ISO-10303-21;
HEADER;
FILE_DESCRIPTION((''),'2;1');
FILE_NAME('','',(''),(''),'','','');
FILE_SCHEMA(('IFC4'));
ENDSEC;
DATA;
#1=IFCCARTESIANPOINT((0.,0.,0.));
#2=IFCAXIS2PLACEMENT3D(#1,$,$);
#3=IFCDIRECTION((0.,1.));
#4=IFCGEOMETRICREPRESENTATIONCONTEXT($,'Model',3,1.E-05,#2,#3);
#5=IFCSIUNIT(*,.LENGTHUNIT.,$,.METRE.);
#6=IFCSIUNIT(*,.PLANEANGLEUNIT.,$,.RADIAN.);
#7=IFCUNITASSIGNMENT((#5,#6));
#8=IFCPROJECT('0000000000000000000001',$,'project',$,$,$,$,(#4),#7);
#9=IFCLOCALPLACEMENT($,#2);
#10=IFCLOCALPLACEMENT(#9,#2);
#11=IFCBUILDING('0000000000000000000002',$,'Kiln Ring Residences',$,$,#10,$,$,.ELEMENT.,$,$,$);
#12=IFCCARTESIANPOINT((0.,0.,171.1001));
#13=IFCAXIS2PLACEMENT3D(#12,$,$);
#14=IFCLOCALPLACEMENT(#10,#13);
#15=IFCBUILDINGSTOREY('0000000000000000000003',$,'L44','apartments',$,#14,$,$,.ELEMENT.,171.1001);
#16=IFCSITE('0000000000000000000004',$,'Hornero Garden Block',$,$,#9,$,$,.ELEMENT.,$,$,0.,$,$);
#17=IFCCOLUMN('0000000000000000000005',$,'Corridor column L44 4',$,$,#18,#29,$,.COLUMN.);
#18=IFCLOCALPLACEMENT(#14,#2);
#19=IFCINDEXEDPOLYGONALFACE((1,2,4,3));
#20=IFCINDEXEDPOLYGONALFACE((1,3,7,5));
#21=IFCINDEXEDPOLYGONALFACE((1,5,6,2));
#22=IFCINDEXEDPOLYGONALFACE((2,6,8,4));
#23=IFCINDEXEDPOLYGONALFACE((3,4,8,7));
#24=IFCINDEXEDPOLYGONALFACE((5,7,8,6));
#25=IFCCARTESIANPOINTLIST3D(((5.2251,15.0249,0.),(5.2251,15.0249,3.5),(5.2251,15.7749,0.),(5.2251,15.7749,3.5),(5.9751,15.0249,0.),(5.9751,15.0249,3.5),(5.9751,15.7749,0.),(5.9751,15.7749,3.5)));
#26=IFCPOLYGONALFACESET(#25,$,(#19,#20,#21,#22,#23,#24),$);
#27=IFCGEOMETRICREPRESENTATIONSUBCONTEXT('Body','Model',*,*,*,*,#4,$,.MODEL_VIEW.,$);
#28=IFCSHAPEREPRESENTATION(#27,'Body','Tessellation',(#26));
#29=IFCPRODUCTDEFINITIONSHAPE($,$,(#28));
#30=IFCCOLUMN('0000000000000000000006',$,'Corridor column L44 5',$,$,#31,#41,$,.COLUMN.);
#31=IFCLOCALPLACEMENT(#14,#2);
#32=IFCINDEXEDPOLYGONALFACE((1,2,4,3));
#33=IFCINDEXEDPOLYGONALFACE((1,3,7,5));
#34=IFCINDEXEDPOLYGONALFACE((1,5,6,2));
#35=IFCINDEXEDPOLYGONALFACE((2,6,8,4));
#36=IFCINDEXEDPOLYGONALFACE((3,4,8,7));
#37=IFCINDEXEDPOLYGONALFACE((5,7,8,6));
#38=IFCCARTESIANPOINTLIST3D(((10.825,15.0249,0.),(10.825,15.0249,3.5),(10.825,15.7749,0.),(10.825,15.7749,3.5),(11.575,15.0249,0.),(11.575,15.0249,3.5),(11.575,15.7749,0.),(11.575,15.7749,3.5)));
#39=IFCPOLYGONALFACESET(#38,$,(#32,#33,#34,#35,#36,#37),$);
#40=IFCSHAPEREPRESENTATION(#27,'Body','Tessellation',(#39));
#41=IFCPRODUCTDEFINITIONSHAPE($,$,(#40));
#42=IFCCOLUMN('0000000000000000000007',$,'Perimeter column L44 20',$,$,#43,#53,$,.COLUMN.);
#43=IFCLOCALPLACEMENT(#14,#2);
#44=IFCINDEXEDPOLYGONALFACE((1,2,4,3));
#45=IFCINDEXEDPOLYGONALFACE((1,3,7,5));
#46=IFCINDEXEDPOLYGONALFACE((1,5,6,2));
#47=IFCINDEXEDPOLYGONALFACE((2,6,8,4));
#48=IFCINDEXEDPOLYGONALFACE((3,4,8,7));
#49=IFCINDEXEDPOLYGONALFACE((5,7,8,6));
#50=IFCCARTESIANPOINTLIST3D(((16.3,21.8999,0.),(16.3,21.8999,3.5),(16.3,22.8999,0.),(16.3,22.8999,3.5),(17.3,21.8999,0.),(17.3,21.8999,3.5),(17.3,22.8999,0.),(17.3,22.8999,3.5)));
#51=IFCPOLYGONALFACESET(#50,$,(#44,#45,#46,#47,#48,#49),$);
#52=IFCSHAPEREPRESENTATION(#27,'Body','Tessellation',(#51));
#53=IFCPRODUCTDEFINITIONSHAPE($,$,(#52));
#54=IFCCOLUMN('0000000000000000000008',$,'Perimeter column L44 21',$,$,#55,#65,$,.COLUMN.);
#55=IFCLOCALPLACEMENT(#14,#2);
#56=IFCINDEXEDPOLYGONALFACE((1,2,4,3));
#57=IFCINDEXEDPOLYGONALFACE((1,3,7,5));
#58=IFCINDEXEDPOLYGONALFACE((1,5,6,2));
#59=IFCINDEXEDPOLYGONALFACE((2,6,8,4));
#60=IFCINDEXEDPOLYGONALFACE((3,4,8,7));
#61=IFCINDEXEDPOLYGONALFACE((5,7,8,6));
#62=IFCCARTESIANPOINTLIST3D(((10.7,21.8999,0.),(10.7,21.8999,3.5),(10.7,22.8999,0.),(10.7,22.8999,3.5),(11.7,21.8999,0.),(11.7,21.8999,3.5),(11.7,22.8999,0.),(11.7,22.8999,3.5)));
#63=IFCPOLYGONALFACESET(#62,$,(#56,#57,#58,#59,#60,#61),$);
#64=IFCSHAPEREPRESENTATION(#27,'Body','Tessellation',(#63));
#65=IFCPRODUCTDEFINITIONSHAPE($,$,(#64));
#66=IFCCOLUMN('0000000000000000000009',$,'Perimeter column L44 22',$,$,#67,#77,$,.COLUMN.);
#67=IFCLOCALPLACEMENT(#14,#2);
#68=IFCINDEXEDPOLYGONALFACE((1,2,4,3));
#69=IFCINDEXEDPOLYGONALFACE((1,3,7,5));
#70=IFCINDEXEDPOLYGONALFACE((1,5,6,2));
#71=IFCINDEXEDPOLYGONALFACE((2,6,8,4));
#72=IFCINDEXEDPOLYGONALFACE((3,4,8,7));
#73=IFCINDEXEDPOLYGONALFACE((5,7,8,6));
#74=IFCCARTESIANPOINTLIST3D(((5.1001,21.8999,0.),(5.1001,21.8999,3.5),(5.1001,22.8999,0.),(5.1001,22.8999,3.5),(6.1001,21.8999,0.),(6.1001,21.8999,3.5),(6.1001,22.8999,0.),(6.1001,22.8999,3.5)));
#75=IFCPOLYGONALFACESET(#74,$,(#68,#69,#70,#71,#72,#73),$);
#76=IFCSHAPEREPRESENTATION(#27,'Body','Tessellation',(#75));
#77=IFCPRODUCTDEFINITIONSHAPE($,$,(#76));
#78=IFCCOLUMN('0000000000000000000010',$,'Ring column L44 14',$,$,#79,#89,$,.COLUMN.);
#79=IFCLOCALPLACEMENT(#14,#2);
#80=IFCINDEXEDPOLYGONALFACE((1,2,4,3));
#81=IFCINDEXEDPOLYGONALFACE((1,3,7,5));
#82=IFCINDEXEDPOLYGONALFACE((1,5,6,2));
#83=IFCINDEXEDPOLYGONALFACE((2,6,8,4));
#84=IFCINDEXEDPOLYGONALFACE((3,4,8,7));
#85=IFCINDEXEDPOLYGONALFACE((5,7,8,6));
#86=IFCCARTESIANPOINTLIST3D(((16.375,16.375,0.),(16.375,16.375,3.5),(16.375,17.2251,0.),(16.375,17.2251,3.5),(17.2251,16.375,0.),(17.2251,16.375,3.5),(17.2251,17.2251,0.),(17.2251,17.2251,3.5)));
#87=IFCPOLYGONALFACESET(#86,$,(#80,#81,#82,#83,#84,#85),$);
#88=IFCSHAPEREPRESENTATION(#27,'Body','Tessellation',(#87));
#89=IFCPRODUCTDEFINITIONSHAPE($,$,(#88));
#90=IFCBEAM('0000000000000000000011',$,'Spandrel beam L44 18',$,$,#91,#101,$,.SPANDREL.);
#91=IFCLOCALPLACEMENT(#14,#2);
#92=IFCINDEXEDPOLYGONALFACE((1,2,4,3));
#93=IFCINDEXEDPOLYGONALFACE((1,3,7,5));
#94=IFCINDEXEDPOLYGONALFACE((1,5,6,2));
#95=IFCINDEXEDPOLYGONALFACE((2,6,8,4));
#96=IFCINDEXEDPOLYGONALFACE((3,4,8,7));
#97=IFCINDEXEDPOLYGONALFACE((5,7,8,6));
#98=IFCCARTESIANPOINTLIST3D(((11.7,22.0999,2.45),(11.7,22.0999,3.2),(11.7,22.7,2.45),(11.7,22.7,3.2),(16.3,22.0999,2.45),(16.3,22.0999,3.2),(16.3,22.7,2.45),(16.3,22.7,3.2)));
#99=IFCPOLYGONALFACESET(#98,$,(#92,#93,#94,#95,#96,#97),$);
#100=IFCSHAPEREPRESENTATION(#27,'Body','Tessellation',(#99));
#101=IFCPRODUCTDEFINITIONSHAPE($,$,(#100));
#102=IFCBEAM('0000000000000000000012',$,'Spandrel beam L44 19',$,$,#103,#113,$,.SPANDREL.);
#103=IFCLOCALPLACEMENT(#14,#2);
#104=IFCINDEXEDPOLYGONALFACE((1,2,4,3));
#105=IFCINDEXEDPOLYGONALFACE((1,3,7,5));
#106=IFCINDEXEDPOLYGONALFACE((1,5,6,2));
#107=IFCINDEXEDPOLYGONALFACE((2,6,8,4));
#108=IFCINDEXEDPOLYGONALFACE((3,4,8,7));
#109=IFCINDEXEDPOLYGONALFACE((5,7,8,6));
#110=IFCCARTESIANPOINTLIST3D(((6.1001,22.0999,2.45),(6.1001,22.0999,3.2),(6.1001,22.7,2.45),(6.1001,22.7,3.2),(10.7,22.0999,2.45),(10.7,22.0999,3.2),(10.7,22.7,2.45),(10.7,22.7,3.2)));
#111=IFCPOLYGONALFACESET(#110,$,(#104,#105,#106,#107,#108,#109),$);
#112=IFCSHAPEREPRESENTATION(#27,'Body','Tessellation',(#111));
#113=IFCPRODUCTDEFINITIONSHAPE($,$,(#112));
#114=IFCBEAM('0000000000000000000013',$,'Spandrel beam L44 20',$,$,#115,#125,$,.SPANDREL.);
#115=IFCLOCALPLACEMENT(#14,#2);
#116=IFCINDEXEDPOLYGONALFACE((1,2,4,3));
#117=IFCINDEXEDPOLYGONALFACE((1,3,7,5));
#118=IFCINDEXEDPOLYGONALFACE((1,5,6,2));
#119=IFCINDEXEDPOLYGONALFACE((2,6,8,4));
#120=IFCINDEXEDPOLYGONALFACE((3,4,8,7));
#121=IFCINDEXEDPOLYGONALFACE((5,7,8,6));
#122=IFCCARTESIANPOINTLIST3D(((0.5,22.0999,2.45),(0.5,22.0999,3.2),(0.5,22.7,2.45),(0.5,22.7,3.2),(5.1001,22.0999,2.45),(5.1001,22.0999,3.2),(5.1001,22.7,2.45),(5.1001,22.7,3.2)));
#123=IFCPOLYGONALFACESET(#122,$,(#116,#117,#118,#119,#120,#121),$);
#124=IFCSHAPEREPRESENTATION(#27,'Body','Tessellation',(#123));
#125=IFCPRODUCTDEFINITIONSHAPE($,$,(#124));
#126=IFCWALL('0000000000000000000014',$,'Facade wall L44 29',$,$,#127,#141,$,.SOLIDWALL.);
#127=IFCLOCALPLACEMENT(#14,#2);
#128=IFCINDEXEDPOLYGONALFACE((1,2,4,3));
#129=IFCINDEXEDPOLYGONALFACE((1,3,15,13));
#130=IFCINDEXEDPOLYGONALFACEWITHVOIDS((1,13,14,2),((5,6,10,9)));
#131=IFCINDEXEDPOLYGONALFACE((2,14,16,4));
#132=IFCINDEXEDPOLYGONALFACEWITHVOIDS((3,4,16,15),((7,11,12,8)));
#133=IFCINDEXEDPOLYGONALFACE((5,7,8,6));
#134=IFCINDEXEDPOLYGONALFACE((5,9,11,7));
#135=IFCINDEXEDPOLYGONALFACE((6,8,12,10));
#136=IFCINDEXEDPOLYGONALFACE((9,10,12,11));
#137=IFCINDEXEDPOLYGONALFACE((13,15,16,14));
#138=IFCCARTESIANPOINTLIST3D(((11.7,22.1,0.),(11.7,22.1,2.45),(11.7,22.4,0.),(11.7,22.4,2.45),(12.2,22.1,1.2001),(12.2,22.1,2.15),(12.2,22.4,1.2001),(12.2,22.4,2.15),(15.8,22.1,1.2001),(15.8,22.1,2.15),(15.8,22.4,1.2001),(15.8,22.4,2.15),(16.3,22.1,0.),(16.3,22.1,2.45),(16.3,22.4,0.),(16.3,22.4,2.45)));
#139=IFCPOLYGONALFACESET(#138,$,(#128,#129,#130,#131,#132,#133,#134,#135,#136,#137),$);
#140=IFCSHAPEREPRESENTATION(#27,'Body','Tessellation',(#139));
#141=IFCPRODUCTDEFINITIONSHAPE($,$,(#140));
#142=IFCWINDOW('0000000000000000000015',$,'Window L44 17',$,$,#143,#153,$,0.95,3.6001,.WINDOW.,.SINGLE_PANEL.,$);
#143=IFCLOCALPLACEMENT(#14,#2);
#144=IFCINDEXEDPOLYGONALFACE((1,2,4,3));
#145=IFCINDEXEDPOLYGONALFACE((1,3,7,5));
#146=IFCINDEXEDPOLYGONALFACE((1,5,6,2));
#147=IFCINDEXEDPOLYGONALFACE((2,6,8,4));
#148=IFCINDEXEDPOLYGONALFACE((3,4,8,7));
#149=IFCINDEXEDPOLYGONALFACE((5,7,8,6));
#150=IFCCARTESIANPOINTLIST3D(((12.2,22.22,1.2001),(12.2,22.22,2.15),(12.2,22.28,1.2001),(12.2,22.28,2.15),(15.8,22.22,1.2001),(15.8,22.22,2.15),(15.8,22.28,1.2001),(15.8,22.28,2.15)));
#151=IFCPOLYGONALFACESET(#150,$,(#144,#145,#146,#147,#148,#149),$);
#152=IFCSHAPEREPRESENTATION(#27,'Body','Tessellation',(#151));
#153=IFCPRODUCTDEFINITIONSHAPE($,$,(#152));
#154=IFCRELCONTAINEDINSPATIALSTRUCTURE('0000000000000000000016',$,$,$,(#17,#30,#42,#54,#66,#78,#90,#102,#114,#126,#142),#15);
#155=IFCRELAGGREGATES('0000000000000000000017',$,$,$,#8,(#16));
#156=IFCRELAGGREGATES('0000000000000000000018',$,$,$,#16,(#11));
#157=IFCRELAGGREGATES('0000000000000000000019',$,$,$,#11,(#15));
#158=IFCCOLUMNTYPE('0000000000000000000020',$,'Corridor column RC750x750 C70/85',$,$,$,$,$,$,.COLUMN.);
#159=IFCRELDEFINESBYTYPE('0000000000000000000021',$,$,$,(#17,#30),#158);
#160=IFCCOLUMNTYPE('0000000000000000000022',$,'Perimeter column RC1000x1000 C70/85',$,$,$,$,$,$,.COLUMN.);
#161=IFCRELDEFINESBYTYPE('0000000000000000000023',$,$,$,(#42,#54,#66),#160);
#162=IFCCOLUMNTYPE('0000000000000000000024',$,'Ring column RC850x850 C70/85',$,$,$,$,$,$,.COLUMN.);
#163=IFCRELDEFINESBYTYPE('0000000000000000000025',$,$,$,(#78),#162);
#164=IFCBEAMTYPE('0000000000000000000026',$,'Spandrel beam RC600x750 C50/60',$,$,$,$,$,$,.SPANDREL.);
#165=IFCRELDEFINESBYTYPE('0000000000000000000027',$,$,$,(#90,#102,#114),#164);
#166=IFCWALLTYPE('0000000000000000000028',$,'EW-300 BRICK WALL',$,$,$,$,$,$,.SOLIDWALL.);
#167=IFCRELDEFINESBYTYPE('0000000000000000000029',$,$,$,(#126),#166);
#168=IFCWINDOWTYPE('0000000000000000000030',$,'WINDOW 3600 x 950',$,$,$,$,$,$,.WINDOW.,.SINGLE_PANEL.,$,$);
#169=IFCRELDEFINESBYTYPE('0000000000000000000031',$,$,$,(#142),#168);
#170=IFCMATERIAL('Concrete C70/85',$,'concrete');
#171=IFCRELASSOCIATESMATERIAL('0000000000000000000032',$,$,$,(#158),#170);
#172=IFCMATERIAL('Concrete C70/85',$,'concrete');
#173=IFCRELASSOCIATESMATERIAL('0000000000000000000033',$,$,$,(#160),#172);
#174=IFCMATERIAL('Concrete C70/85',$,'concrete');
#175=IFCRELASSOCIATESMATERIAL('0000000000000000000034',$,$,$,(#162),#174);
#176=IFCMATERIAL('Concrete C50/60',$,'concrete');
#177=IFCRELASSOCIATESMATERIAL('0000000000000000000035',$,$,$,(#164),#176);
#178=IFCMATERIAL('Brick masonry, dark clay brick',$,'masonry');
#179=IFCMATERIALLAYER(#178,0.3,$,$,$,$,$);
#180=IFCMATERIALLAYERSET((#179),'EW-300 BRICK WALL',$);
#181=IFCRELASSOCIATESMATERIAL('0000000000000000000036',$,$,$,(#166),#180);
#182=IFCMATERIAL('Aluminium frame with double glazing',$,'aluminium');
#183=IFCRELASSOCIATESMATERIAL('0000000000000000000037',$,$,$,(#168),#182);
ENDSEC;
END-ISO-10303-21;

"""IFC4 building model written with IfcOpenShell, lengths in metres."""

from ifc_helpers import new_model, si_unit, direction, frame, frame_2d, origin, origin_2d, place, context, subcontext, project, spatial, rectangle, extrude, material, layer, layer_set, material_profile, profile_set, type_object, element, fill, save


model = new_model("IFC4")

# Units and contexts
model_context = context("Model", 3, precision=1e-05, world=origin(), true_north=direction((0.0, 1.0)))
body_context = subcontext(model_context, "Body", "Model", "MODEL_VIEW")
ifc_project = project(units=[si_unit("LENGTHUNIT", "METRE"), si_unit("PLANEANGLEUNIT", "RADIAN")], contexts=[model_context])

# Site, building, storey
site_placement = place(None, origin())
site = spatial("IfcSite", under=ifc_project, at=site_placement, Name="Hornero Garden Block", CompositionType="ELEMENT", RefElevation=0.0)
building_placement = place(site_placement, origin())
building = spatial("IfcBuilding", under=site, at=building_placement, Name="Kiln Ring Residences", CompositionType="ELEMENT")
storey_placement = place(building_placement, frame((0.0, 0.0, 171.1001)))
storey = spatial("IfcBuildingStorey", under=building, at=storey_placement, Name="L44", Description="apartments", CompositionType="ELEMENT", Elevation=171.1001)

# Columns
ifc_material_1 = material(Name="Concrete C70/85", Category="concrete")
ifc_material_profile_1 = material_profile(ifc_material_1, rectangle(XDim=0.75, YDim=0.75, at=origin_2d()), Name="RC750x750")
ifc_profile_set_1 = profile_set([ifc_material_profile_1], Name="Concrete C70/85")
column_type_1 = type_object("IfcColumnType", Name="Corridor column RC750x750 C70/85", PredefinedType="COLUMN", material=ifc_profile_set_1)
for number, where, z_axis, x_axis, name in (
    (1, (5.6001, 15.3999, 0.0), (0.0, 0.0, 1.0), (1.0, 0.0, 0.0), "Corridor column L44 4"),
    (2, (11.2, 15.3999, 0.0), (0.0, 0.0, 1.0), (1.0, 0.0, 0.0), "Corridor column L44 5"),
):
    element("IfcColumn", number, at=place(storey_placement, frame(where, z_axis=z_axis, x_axis=x_axis)), inside=storey, type_object=column_type_1, Name=name, PredefinedType="COLUMN", context=body_context, shape_type="SweptSolid", body=[
        extrude(rectangle(XDim=0.75, YDim=0.75, at=origin_2d()), origin(), (0.0, 0.0, 1.0), 3.5),
    ])
ifc_material_2 = material(Name="Concrete C70/85", Category="concrete")
ifc_material_profile_2 = material_profile(ifc_material_2, rectangle(XDim=1.0, YDim=1.0, at=origin_2d()), Name="RC1000x1000")
ifc_profile_set_2 = profile_set([ifc_material_profile_2], Name="Concrete C70/85")
column_type_2 = type_object("IfcColumnType", Name="Perimeter column RC1000x1000 C70/85", PredefinedType="COLUMN", material=ifc_profile_set_2)
for number, where, z_axis, x_axis, name in (
    (3, (16.8, 22.3999, 0.0), (0.0, 0.0, 1.0), (1.0, 0.0, 0.0), "Perimeter column L44 20"),
    (4, (11.2, 22.3999, 0.0), (0.0, 0.0, 1.0), (1.0, 0.0, 0.0), "Perimeter column L44 21"),
    (5, (5.6001, 22.3999, 0.0), (0.0, 0.0, 1.0), (1.0, 0.0, 0.0), "Perimeter column L44 22"),
):
    element("IfcColumn", number, at=place(storey_placement, frame(where, z_axis=z_axis, x_axis=x_axis)), inside=storey, type_object=column_type_2, Name=name, PredefinedType="COLUMN", context=body_context, shape_type="SweptSolid", body=[
        extrude(rectangle(XDim=1.0, YDim=1.0, at=origin_2d()), origin(), (0.0, 0.0, 1.0), 3.5),
    ])
ifc_material_3 = material(Name="Concrete C70/85", Category="concrete")
ifc_material_profile_3 = material_profile(ifc_material_3, rectangle(XDim=0.8501, YDim=0.8501, at=origin_2d()), Name="RC850x850")
ifc_profile_set_3 = profile_set([ifc_material_profile_3], Name="Concrete C70/85")
column_type_3 = type_object("IfcColumnType", Name="Ring column RC850x850 C70/85", PredefinedType="COLUMN", material=ifc_profile_set_3)
column_placement = place(storey_placement, frame((16.8, 16.8, 0.0), z_axis=(0.0, 0.0, 1.0), x_axis=(1.0, 0.0, 0.0)))
element("IfcColumn", 6, at=column_placement, inside=storey, type_object=column_type_3, Name="Ring column L44 14", PredefinedType="COLUMN", context=body_context, shape_type="SweptSolid", body=[
    extrude(rectangle(XDim=0.8501, YDim=0.8501, at=origin_2d()), origin(), (0.0, 0.0, 1.0), 3.5),
])

# Beams
ifc_material_4 = material(Name="Concrete C50/60", Category="concrete")
ifc_material_profile_4 = material_profile(ifc_material_4, rectangle(XDim=0.6001, YDim=0.75, at=origin_2d()), Name="RC600x750")
ifc_profile_set_4 = profile_set([ifc_material_profile_4], Name="Concrete C50/60")
beam_type = type_object("IfcBeamType", Name="Spandrel beam RC600x750 C50/60", PredefinedType="SPANDREL", material=ifc_profile_set_4)
beam_1_placement = place(storey_placement, frame((16.3, 22.3999, 2.825), z_axis=(-1.0, 0.0, 0.0), x_axis=(0.0, -1.0, 0.0)))
element("IfcBeam", 7, at=beam_1_placement, inside=storey, type_object=beam_type, Name="Spandrel beam L44 18", PredefinedType="SPANDREL", context=body_context, shape_type="SweptSolid", body=[
    extrude(rectangle(XDim=0.6001, YDim=0.75, at=origin_2d()), origin(), (0.0, 0.0, 1.0), 4.6001),
])
beam_2_placement = place(storey_placement, frame((10.7, 22.3999, 2.825), z_axis=(-1.0, 0.0, 0.0), x_axis=(0.0, -1.0, 0.0)))
element("IfcBeam", 8, at=beam_2_placement, inside=storey, type_object=beam_type, Name="Spandrel beam L44 19", PredefinedType="SPANDREL", context=body_context, shape_type="SweptSolid", body=[
    extrude(rectangle(XDim=0.6001, YDim=0.75, at=origin_2d()), origin(), (0.0, 0.0, 1.0), 4.5999),
])
beam_3_placement = place(storey_placement, frame((5.1001, 22.3999, 2.825), z_axis=(-1.0, 0.0, 0.0), x_axis=(0.0, -1.0, 0.0)))
element("IfcBeam", 9, at=beam_3_placement, inside=storey, type_object=beam_type, Name="Spandrel beam L44 20", PredefinedType="SPANDREL", context=body_context, shape_type="SweptSolid", body=[
    extrude(rectangle(XDim=0.6001, YDim=0.75, at=origin_2d()), origin(), (0.0, 0.0, 1.0), 4.6001),
])

# Wall, opening, window
ifc_material_5 = material(Name="Brick masonry, dark clay brick", Category="masonry")
ifc_layer_1 = layer(ifc_material_5, 0.3)
ifc_layer_set_1 = layer_set([ifc_layer_1], Name="EW-300 BRICK WALL")
wall_type_1 = type_object("IfcWallType", Name="EW-300 BRICK WALL", PredefinedType="SOLIDWALL", material=ifc_layer_set_1)
wall_1_placement = place(storey_placement, frame((16.3, 22.25, 0.0), z_axis=(0.0, 0.0, 1.0), x_axis=(-1.0, 0.0, 0.0)))
wall_1 = element("IfcWall", 10, at=wall_1_placement, inside=storey, type_object=wall_type_1, Name="Facade wall L44 29", PredefinedType="SOLIDWALL", context=body_context, shape_type="SweptSolid", body=[
    extrude(rectangle(XDim=4.6001, YDim=0.3, at=frame_2d((2.3, 0.0))), origin(), (0.0, 0.0, 1.0), 2.45),
])
opening_1_placement = place(wall_1_placement, frame((0.5, 0.0, 1.2)))
opening_1 = element("IfcOpeningElement", 11, at=opening_1_placement, cuts=wall_1, PredefinedType="OPENING", context=body_context, shape_type="SweptSolid", body=[
    extrude(rectangle(XDim=3.6001, YDim=0.95, at=frame_2d((1.8, 0.4751))), frame((0.0, 0.1599, 0.0), z_axis=(0.0, -1.0, 0.0), x_axis=(1.0, 0.0, 0.0)), (0.0, 0.0, 1.0), 0.3201),
])
ifc_material_6 = material(Name="Aluminium frame with double glazing", Category="aluminium")
window_type_1 = type_object("IfcWindowType", Name="WINDOW 3600 x 950", PartitioningType="SINGLE_PANEL", PredefinedType="WINDOW", material=ifc_material_6)
window_1_placement = place(opening_1_placement, origin())
window_1 = element("IfcWindow", 12, at=window_1_placement, inside=storey, type_object=window_type_1, Name="Window L44 17", OverallHeight=0.95, OverallWidth=3.6001, PartitioningType="SINGLE_PANEL", PredefinedType="WINDOW", context=body_context, shape_type="SweptSolid", body=[
    extrude(rectangle(XDim=3.6001, YDim=0.95, at=frame_2d((1.8, 0.4751))), frame((0.0, 0.03, 0.0), z_axis=(0.0, -1.0, 0.0), x_axis=(1.0, 0.0, 0.0)), (0.0, 0.0, 1.0), 0.0601),
])
fill(opening_1, window_1)

save(model, "model.ifc")
